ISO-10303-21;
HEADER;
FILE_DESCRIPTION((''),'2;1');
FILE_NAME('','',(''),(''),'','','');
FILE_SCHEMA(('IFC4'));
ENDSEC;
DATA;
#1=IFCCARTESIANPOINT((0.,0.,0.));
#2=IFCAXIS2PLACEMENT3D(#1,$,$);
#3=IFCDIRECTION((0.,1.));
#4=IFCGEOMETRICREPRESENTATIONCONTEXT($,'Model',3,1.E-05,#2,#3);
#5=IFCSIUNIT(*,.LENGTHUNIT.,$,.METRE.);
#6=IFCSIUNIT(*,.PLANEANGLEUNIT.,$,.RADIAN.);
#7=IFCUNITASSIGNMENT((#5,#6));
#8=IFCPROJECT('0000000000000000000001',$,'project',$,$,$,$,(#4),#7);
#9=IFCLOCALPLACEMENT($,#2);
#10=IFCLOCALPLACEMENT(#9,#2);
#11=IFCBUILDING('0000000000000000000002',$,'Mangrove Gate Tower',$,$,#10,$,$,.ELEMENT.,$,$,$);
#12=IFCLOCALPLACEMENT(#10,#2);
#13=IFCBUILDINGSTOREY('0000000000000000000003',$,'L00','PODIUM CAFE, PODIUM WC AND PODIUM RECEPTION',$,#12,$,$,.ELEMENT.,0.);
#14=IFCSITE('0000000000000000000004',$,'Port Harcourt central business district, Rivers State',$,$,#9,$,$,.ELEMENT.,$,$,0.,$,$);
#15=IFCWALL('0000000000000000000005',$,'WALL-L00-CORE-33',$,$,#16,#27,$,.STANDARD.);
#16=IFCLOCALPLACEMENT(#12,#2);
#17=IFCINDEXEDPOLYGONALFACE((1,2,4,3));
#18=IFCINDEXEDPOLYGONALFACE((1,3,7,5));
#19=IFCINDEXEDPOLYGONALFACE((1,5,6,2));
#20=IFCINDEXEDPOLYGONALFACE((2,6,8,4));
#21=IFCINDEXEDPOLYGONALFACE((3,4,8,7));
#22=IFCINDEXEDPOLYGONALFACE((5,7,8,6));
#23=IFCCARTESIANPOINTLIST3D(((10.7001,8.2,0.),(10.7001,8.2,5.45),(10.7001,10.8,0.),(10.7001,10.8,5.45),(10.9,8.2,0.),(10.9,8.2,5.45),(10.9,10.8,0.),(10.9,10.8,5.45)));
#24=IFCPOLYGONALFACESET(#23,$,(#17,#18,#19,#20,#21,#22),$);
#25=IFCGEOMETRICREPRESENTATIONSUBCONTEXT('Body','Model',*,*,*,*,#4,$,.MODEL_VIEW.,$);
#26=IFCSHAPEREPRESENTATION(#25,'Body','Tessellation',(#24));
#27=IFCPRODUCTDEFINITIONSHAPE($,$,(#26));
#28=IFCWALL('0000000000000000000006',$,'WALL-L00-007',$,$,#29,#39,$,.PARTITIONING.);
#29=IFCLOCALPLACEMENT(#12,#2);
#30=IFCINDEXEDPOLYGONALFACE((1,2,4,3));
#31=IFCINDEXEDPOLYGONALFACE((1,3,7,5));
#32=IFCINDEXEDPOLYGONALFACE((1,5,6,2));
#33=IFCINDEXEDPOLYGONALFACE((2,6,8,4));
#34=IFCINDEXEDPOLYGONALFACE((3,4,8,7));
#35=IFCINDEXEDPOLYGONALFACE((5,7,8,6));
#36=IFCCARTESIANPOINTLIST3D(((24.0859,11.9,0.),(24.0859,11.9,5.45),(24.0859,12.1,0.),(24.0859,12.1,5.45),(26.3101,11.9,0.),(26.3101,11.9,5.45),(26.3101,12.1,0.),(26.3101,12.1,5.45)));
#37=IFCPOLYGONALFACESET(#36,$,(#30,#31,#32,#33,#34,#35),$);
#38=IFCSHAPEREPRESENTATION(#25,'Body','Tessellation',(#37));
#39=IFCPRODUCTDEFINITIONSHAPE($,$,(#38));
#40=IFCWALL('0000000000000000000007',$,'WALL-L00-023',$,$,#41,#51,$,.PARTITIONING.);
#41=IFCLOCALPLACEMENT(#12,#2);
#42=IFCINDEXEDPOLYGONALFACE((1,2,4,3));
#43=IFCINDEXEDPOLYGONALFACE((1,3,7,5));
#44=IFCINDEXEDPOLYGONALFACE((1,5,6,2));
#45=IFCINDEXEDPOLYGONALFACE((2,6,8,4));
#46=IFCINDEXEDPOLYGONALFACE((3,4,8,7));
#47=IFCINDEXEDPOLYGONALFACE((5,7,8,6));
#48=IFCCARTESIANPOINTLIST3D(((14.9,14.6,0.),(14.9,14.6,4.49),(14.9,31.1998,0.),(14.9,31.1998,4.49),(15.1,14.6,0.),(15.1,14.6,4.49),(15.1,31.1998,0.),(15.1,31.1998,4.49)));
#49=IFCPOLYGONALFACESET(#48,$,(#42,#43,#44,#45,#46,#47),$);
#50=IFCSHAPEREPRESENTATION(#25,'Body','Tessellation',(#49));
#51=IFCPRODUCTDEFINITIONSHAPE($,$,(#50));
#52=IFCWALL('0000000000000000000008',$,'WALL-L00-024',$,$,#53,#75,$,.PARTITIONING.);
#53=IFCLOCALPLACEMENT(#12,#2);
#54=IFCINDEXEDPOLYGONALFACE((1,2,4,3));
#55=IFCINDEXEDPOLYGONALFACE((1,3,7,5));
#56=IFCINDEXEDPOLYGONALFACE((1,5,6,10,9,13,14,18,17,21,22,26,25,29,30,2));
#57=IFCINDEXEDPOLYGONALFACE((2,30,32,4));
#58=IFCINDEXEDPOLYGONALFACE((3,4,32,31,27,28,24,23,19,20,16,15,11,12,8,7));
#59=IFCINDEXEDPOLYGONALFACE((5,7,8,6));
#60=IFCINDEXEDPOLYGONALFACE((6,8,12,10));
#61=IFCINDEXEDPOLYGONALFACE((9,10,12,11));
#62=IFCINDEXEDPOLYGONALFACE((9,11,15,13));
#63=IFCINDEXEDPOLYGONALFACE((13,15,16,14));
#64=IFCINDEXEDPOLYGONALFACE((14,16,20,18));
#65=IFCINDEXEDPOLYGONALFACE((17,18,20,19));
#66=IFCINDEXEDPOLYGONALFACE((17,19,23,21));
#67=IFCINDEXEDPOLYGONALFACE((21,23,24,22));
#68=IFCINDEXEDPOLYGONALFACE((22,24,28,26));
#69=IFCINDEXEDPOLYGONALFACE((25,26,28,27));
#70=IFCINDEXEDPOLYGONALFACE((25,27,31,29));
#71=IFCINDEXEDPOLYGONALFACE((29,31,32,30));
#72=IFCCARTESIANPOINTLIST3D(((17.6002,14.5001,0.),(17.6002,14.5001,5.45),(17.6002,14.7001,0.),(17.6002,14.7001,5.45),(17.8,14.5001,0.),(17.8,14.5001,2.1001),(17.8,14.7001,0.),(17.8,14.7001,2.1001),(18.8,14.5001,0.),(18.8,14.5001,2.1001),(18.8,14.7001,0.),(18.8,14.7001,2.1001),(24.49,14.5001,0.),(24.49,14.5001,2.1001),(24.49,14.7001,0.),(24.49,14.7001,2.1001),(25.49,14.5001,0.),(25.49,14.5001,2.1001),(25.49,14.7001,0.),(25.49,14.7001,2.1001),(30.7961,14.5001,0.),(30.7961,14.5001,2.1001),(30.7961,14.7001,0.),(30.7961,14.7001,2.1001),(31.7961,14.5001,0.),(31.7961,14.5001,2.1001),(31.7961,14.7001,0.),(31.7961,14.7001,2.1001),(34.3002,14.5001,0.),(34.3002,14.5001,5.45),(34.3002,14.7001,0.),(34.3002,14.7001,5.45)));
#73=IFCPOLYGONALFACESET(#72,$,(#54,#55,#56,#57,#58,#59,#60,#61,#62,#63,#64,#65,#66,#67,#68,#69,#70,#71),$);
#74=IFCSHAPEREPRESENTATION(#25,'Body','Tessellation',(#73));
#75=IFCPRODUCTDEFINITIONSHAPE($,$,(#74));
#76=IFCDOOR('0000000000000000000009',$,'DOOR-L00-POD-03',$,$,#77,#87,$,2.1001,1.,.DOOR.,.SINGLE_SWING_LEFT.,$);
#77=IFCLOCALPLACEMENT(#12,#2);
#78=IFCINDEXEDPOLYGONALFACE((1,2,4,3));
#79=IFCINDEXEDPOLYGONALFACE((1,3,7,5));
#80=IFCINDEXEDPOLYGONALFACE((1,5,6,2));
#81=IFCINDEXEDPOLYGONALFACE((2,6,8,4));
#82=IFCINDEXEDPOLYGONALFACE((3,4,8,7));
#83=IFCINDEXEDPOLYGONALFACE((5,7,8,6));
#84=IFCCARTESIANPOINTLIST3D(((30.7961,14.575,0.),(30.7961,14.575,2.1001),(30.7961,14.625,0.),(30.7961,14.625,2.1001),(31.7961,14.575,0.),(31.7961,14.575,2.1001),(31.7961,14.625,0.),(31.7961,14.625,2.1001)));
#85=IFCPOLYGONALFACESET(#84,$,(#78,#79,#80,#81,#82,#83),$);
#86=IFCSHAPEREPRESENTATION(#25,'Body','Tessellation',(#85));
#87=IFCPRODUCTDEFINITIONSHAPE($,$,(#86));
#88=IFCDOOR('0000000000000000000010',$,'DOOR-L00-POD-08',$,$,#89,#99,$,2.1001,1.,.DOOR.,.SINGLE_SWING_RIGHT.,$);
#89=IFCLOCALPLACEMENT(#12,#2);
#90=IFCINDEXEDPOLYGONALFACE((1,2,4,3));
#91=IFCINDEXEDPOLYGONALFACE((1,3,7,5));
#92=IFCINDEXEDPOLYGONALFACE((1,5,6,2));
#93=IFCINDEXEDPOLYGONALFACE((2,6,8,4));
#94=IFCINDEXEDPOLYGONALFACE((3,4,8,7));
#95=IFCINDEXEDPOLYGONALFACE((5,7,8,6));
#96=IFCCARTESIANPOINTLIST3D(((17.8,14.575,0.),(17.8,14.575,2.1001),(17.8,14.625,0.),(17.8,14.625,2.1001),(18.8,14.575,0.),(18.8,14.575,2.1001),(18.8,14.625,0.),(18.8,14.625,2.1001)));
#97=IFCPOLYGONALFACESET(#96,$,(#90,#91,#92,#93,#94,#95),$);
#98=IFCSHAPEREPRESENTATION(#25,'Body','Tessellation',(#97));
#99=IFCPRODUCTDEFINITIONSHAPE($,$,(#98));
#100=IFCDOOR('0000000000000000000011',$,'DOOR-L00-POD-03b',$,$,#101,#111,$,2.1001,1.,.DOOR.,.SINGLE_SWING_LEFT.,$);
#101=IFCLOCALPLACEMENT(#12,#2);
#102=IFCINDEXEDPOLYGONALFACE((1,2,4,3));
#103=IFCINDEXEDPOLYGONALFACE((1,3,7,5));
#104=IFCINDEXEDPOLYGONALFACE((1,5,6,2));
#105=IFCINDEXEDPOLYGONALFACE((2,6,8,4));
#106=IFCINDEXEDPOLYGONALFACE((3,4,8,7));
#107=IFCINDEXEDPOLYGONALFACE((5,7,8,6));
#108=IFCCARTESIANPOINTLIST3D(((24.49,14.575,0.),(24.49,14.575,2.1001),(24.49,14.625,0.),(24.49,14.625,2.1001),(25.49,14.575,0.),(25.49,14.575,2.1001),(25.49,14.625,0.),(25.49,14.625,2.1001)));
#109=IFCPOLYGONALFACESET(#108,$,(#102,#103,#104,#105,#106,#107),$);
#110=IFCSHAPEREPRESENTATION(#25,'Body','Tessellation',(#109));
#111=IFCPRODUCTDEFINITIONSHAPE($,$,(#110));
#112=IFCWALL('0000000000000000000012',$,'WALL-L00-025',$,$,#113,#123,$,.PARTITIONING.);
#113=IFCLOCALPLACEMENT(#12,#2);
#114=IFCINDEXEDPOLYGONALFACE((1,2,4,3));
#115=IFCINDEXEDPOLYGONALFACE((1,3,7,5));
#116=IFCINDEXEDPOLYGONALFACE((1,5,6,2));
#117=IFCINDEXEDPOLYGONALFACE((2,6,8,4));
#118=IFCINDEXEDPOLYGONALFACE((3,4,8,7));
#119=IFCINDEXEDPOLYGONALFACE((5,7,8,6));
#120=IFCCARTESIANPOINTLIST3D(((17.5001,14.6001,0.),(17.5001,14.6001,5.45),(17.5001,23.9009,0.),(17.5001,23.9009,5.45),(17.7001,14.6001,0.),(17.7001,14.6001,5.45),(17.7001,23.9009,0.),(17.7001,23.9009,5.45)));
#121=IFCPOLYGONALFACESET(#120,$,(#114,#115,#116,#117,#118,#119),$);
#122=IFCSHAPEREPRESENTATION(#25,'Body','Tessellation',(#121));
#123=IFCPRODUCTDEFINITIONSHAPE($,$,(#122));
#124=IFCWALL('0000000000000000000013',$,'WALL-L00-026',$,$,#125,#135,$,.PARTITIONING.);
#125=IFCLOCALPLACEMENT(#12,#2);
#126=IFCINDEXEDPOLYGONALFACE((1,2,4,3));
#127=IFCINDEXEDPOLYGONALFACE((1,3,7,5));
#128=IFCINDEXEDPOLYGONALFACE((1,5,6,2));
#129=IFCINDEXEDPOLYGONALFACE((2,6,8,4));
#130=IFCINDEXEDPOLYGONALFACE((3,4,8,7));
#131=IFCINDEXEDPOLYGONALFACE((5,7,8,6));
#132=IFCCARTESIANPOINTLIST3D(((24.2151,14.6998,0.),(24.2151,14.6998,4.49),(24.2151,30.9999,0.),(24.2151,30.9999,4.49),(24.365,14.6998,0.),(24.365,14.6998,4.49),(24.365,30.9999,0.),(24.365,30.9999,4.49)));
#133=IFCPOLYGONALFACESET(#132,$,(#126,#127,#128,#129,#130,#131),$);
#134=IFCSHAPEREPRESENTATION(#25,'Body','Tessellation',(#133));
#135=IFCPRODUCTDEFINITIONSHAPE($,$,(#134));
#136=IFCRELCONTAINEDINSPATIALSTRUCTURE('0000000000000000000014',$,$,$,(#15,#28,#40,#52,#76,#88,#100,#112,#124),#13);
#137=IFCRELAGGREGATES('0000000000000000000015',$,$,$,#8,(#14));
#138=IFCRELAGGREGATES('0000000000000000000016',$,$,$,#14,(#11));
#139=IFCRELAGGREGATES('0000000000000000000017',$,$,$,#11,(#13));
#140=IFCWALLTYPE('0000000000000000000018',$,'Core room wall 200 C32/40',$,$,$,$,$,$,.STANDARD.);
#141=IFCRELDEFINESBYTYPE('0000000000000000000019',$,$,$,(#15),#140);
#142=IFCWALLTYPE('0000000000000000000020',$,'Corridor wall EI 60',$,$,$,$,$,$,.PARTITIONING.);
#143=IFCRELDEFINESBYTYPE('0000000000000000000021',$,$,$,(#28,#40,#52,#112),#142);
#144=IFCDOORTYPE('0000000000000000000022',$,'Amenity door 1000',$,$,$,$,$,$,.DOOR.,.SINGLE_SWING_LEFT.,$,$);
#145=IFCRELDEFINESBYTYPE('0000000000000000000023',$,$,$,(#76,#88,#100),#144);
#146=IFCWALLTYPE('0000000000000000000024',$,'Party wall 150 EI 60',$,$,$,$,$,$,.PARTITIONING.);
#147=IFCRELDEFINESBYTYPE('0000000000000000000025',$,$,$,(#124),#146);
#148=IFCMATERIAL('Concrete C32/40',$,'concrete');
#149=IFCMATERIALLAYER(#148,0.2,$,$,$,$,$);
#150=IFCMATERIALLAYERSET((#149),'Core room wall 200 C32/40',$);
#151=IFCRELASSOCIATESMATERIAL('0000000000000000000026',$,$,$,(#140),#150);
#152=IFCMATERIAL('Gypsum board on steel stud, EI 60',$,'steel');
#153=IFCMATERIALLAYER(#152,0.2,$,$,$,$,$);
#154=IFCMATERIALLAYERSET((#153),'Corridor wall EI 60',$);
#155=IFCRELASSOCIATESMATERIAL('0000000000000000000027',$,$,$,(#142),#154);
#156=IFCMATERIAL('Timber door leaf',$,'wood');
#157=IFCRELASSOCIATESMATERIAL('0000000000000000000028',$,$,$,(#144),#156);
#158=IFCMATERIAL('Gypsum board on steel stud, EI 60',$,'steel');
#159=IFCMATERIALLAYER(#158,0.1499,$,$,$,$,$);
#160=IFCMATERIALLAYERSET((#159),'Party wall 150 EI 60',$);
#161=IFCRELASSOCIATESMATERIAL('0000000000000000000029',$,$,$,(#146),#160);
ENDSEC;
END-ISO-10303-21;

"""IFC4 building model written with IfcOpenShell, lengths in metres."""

from ifc_helpers import new_model, si_unit, direction, frame, frame_2d, origin, place, context, subcontext, project, spatial, rectangle, extrude, material, layer, layer_set, type_object, element, fill, save


model = new_model("IFC4")

# Units and contexts
model_context = context("Model", 3, precision=1e-05, world=origin(), true_north=direction((0.0, 1.0)))
body_context = subcontext(model_context, "Body", "Model", "MODEL_VIEW")
ifc_project = project(units=[si_unit("LENGTHUNIT", "METRE"), si_unit("PLANEANGLEUNIT", "RADIAN")], contexts=[model_context])

# Site, building, storey
site_placement = place(None, origin())
site = spatial("IfcSite", under=ifc_project, at=site_placement, Name="Port Harcourt central business district, Rivers State", CompositionType="ELEMENT", RefElevation=0.0)
building_placement = place(site_placement, origin())
building = spatial("IfcBuilding", under=site, at=building_placement, Name="Mangrove Gate Tower", CompositionType="ELEMENT")
storey_placement = place(building_placement, origin())
storey = spatial("IfcBuildingStorey", under=building, at=storey_placement, Name="L00", Description="PODIUM CAFE, PODIUM WC AND PODIUM RECEPTION", CompositionType="ELEMENT", Elevation=0.0)

# Walls
ifc_material_1 = material(Name="Concrete C32/40", Category="concrete")
ifc_layer_1 = layer(ifc_material_1, 0.2)
ifc_layer_set_1 = layer_set([ifc_layer_1], Name="Core room wall 200 C32/40")
wall_type_1 = type_object("IfcWallType", Name="Core room wall 200 C32/40", PredefinedType="STANDARD", material=ifc_layer_set_1)
wall_1_placement = place(storey_placement, frame((10.8, 8.2, 0.0), z_axis=(0.0, 0.0, 1.0), x_axis=(0.0, 1.0, 0.0)))
element("IfcWall", 1, at=wall_1_placement, inside=storey, type_object=wall_type_1, Name="WALL-L00-CORE-33", PredefinedType="STANDARD", context=body_context, shape_type="SweptSolid", body=[
    extrude(rectangle(XDim=2.6001, YDim=0.2, at=frame_2d((1.3, 0.0))), origin(), (0.0, 0.0, 1.0), 5.45),
])
ifc_material_2 = material(Name="Gypsum board on steel stud, EI 60", Category="steel")
ifc_layer_2 = layer(ifc_material_2, 0.2)
ifc_layer_set_2 = layer_set([ifc_layer_2], Name="Corridor wall EI 60")
wall_type_2 = type_object("IfcWallType", Name="Corridor wall EI 60", PredefinedType="PARTITIONING", material=ifc_layer_set_2)
wall_2_placement = place(storey_placement, frame((24.0859, 12.0, 0.0), z_axis=(0.0, 0.0, 1.0), x_axis=(1.0, 0.0, 0.0)))
element("IfcWall", 2, at=wall_2_placement, inside=storey, type_object=wall_type_2, Name="WALL-L00-007", PredefinedType="PARTITIONING", context=body_context, shape_type="SweptSolid", body=[
    extrude(rectangle(XDim=2.2241, YDim=0.2, at=frame_2d((1.1121, 0.0))), origin(), (0.0, 0.0, 1.0), 5.45),
])
wall_3_placement = place(storey_placement, frame((15.0, 14.6001, 0.0), z_axis=(0.0, 0.0, 1.0), x_axis=(0.0, 1.0, 0.0)))
element("IfcWall", 3, at=wall_3_placement, inside=storey, type_object=wall_type_2, Name="WALL-L00-023", PredefinedType="PARTITIONING", context=body_context, shape_type="SweptSolid", body=[
    extrude(rectangle(XDim=16.5999, YDim=0.2, at=frame_2d((8.2998, 0.0))), origin(), (0.0, 0.0, 1.0), 4.49),
])

# Wall, openings, doors
wall_4_placement = place(storey_placement, frame((17.6001, 14.6001, 0.0), z_axis=(0.0, 0.0, 1.0), x_axis=(1.0, 0.0, 0.0)))
wall_4 = element("IfcWall", 4, at=wall_4_placement, inside=storey, type_object=wall_type_2, Name="WALL-L00-024", PredefinedType="PARTITIONING", context=body_context, shape_type="SweptSolid", body=[
    extrude(rectangle(XDim=16.7, YDim=0.2, at=frame_2d((8.3501, 0.0))), origin(), (0.0, 0.0, 1.0), 5.45),
])
opening_1_placement = place(wall_4_placement, frame((13.196, 0.0, 0.0)))
opening_1 = element("IfcOpeningElement", 5, at=opening_1_placement, cuts=wall_4, PredefinedType="OPENING", context=body_context, shape_type="SweptSolid", body=[
    extrude(rectangle(XDim=1.0, YDim=2.1001, at=frame_2d((0.5, 1.05))), frame((0.0, 0.1099, 0.0), z_axis=(0.0, -1.0, 0.0), x_axis=(1.0, 0.0, 0.0)), (0.0, 0.0, 1.0), 0.22),
])
opening_2_placement = place(wall_4_placement, frame((0.2, 0.0, 0.0)))
opening_2 = element("IfcOpeningElement", 6, at=opening_2_placement, cuts=wall_4, PredefinedType="OPENING", context=body_context, shape_type="SweptSolid", body=[
    extrude(rectangle(XDim=1.0, YDim=2.1001, at=frame_2d((0.5, 1.05))), frame((0.0, 0.1099, 0.0), z_axis=(0.0, -1.0, 0.0), x_axis=(1.0, 0.0, 0.0)), (0.0, 0.0, 1.0), 0.22),
])
opening_3_placement = place(wall_4_placement, frame((6.8899, 0.0, 0.0)))
opening_3 = element("IfcOpeningElement", 7, at=opening_3_placement, cuts=wall_4, PredefinedType="OPENING", context=body_context, shape_type="SweptSolid", body=[
    extrude(rectangle(XDim=1.0, YDim=2.1001, at=frame_2d((0.5, 1.05))), frame((0.0, 0.1099, 0.0), z_axis=(0.0, -1.0, 0.0), x_axis=(1.0, 0.0, 0.0)), (0.0, 0.0, 1.0), 0.22),
])
ifc_material_3 = material(Name="Timber door leaf", Category="wood")
door_type = type_object("IfcDoorType", Name="Amenity door 1000", OperationType="SINGLE_SWING_LEFT", PredefinedType="DOOR", material=ifc_material_3)
door_1_placement = place(opening_1_placement, origin())
door_1 = element("IfcDoor", 8, at=door_1_placement, inside=storey, type_object=door_type, Name="DOOR-L00-POD-03", OperationType="SINGLE_SWING_LEFT", OverallHeight=2.1001, OverallWidth=1.0, PredefinedType="DOOR", context=body_context, shape_type="SweptSolid", body=[
    extrude(rectangle(XDim=1.0, YDim=2.1001, at=frame_2d((0.5, 1.05))), frame((0.0, 0.0249, 0.0), z_axis=(0.0, -1.0, 0.0), x_axis=(1.0, 0.0, 0.0)), (0.0, 0.0, 1.0), 0.05),
])
fill(opening_1, door_1)
door_2_placement = place(opening_2_placement, origin())
door_2 = element("IfcDoor", 9, at=door_2_placement, inside=storey, type_object=door_type, Name="DOOR-L00-POD-08", OperationType="SINGLE_SWING_RIGHT", OverallHeight=2.1001, OverallWidth=1.0, PredefinedType="DOOR", context=body_context, shape_type="SweptSolid", body=[
    extrude(rectangle(XDim=1.0, YDim=2.1001, at=frame_2d((0.5, 1.05))), frame((0.0, 0.0249, 0.0), z_axis=(0.0, -1.0, 0.0), x_axis=(1.0, 0.0, 0.0)), (0.0, 0.0, 1.0), 0.05),
])
fill(opening_2, door_2)
door_3_placement = place(opening_3_placement, origin())
door_3 = element("IfcDoor", 10, at=door_3_placement, inside=storey, type_object=door_type, Name="DOOR-L00-POD-03b", OperationType="SINGLE_SWING_LEFT", OverallHeight=2.1001, OverallWidth=1.0, PredefinedType="DOOR", context=body_context, shape_type="SweptSolid", body=[
    extrude(rectangle(XDim=1.0, YDim=2.1001, at=frame_2d((0.5, 1.05))), frame((0.0, 0.0249, 0.0), z_axis=(0.0, -1.0, 0.0), x_axis=(1.0, 0.0, 0.0)), (0.0, 0.0, 1.0), 0.05),
])
fill(opening_3, door_3)

# Walls
wall_5_placement = place(storey_placement, frame((17.6001, 14.6001, 0.0), z_axis=(0.0, 0.0, 1.0), x_axis=(0.0, 1.0, 0.0)))
element("IfcWall", 11, at=wall_5_placement, inside=storey, type_object=wall_type_2, Name="WALL-L00-025", PredefinedType="PARTITIONING", context=body_context, shape_type="SweptSolid", body=[
    extrude(rectangle(XDim=9.3008, YDim=0.2, at=frame_2d((4.6504, 0.0))), origin(), (0.0, 0.0, 1.0), 5.45),
])
ifc_material_4 = material(Name="Gypsum board on steel stud, EI 60", Category="steel")
ifc_layer_3 = layer(ifc_material_4, 0.1499)
ifc_layer_set_3 = layer_set([ifc_layer_3], Name="Party wall 150 EI 60")
wall_type_3 = type_object("IfcWallType", Name="Party wall 150 EI 60", PredefinedType="PARTITIONING", material=ifc_layer_set_3)
wall_6_placement = place(storey_placement, frame((24.29, 14.7, 0.0), z_axis=(0.0, 0.0, 1.0), x_axis=(0.0, 1.0, 0.0)))
element("IfcWall", 12, at=wall_6_placement, inside=storey, type_object=wall_type_3, Name="WALL-L00-026", PredefinedType="PARTITIONING", context=body_context, shape_type="SweptSolid", body=[
    extrude(rectangle(XDim=16.3, YDim=0.1499, at=frame_2d((8.1499, 0.0))), origin(), (0.0, 0.0, 1.0), 4.49),
])

save(model, "model.ifc")
